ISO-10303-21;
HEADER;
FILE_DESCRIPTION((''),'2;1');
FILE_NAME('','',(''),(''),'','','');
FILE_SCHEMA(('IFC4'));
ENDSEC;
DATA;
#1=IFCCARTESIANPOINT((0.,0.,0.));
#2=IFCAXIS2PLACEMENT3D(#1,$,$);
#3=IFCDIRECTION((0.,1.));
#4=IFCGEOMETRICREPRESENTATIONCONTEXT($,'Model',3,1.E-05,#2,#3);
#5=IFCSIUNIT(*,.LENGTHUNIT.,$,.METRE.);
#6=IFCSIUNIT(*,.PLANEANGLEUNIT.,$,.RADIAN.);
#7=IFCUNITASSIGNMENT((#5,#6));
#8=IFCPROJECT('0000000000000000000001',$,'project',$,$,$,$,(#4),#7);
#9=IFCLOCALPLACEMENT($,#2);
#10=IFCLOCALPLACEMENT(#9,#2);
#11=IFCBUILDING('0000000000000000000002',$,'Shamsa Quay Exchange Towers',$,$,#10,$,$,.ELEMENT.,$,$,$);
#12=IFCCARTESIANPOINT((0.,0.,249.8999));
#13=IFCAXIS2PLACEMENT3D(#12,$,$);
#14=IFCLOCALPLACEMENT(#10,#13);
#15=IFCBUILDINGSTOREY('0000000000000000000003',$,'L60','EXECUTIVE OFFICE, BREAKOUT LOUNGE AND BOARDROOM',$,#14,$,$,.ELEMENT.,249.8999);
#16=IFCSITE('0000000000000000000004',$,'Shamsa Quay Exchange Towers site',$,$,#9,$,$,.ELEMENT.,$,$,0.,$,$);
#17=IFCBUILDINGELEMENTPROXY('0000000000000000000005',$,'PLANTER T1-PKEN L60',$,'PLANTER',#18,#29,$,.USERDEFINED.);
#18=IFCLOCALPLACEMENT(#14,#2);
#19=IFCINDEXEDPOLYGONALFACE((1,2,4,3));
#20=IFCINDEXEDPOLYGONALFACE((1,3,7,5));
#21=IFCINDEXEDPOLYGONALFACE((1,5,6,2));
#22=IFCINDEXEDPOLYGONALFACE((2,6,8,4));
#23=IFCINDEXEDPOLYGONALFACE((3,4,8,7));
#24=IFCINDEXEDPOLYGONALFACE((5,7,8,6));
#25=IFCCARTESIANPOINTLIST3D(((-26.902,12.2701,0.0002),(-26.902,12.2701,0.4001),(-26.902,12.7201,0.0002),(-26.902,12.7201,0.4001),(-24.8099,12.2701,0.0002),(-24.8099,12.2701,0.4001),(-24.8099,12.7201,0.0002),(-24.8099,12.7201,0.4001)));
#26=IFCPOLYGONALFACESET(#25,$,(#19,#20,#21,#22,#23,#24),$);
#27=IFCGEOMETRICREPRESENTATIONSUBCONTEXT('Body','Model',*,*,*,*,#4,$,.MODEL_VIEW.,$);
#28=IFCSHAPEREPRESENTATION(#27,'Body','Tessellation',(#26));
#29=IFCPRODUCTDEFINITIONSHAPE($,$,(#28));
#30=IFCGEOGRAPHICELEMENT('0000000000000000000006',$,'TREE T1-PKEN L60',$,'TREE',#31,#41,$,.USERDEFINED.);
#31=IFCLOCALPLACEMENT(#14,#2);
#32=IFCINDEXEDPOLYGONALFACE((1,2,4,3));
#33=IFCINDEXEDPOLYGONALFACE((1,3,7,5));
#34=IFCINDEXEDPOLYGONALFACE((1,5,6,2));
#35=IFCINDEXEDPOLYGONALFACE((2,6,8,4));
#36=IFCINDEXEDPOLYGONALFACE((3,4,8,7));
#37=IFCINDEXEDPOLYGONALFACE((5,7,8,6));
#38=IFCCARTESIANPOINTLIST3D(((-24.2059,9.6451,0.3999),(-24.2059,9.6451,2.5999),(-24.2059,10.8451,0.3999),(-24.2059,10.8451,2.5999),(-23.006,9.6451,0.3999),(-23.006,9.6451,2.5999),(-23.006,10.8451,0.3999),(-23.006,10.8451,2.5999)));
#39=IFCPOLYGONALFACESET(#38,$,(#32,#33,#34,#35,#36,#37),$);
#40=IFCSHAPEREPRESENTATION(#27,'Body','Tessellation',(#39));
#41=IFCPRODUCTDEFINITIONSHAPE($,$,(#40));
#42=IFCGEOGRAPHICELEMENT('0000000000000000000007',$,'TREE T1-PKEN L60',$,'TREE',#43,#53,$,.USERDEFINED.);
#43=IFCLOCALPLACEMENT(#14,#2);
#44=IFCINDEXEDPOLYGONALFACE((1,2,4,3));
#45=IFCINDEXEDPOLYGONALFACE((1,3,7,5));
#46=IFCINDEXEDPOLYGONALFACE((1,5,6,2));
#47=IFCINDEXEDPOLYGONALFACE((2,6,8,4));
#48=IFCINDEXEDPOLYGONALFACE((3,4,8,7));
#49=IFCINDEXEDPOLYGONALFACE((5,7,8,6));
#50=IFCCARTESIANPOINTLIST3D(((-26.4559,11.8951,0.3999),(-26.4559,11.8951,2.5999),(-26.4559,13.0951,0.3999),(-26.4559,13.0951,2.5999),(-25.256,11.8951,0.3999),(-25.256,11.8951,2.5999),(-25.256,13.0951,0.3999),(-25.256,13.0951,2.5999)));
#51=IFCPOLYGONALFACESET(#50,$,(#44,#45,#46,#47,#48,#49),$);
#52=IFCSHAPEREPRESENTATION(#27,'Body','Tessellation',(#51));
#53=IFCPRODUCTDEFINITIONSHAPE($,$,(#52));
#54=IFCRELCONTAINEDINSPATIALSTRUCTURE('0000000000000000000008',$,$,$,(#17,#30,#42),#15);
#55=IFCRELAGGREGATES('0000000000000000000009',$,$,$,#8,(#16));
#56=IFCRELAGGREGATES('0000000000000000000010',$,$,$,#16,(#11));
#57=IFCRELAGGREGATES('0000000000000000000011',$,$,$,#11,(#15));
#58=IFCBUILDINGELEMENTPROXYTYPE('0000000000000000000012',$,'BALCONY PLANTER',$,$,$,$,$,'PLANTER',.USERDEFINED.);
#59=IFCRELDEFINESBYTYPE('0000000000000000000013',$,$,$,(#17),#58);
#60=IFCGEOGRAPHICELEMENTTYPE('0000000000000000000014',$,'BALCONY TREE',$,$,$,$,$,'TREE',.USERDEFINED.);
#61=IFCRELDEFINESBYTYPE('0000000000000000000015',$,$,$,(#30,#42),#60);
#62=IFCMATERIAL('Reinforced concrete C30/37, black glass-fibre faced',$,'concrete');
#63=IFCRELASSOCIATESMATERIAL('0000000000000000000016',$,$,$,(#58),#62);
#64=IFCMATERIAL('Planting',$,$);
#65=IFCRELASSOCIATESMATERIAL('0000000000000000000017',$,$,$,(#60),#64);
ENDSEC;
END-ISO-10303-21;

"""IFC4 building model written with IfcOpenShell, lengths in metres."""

from ifc_helpers import new_model, si_unit, direction, frame, origin, origin_2d, place, context, subcontext, project, spatial, rectangle, extrude, material, type_object, element, save


model = new_model("IFC4")

# Units and contexts
model_context = context("Model", 3, precision=1e-05, world=origin(), true_north=direction((0.0, 1.0)))
body_context = subcontext(model_context, "Body", "Model", "MODEL_VIEW")
ifc_project = project(units=[si_unit("LENGTHUNIT", "METRE"), si_unit("PLANEANGLEUNIT", "RADIAN")], contexts=[model_context])

# Site, building, storey
site_placement = place(None, origin())
site = spatial("IfcSite", under=ifc_project, at=site_placement, Name="Shamsa Quay Exchange Towers site", CompositionType="ELEMENT", RefElevation=0.0)
building_placement = place(site_placement, origin())
building = spatial("IfcBuilding", under=site, at=building_placement, Name="Shamsa Quay Exchange Towers", CompositionType="ELEMENT")
storey_placement = place(building_placement, frame((0.0, 0.0, 249.8999)))
storey = spatial("IfcBuildingStorey", under=building, at=storey_placement, Name="L60", Description="EXECUTIVE OFFICE, BREAKOUT LOUNGE AND BOARDROOM", CompositionType="ELEMENT", Elevation=249.8999)

# Building element proxy
ifc_material_1 = material(Name="Reinforced concrete C30/37, black glass-fibre faced", Category="concrete")
building_element_proxy_type = type_object("IfcBuildingElementProxyType", Name="BALCONY PLANTER", ElementType="PLANTER", PredefinedType="USERDEFINED", material=ifc_material_1)
for number, where, z_axis, x_axis, name in (
    (1, (-25.856, 12.4951, 0.0002), (0.0, 0.0, 1.0), (-1.0, 0.0, 0.0), "PLANTER T1-PKEN L60"),
):
    element("IfcBuildingElementProxy", number, at=place(storey_placement, frame(where, z_axis=z_axis, x_axis=x_axis)), inside=storey, type_object=building_element_proxy_type, Name=name, ObjectType="PLANTER", PredefinedType="USERDEFINED", context=body_context, shape_type="SweptSolid", body=[
        extrude(rectangle(XDim=2.092, YDim=0.45, at=origin_2d()), origin(), (0.0, 0.0, 1.0), 0.3999),
    ])

# Geographic elements
ifc_material_2 = material(Name="Planting")
geographic_element_type = type_object("IfcGeographicElementType", Name="BALCONY TREE", ElementType="TREE", PredefinedType="USERDEFINED", material=ifc_material_2)
for number, where, z_axis, x_axis, name in (
    (2, (-23.606, 10.2451, 0.3999), (0.0, 0.0, 1.0), (-1.0, 0.0, 0.0), "TREE T1-PKEN L60"),
    (3, (-25.856, 12.4951, 0.3999), (0.0, 0.0, 1.0), (-1.0, 0.0, 0.0), "TREE T1-PKEN L60"),
):
    element("IfcGeographicElement", number, at=place(storey_placement, frame(where, z_axis=z_axis, x_axis=x_axis)), inside=storey, type_object=geographic_element_type, Name=name, ObjectType="TREE", PredefinedType="USERDEFINED", context=body_context, shape_type="SweptSolid", body=[
        extrude(rectangle(XDim=1.2, YDim=1.2, at=origin_2d()), origin(), (0.0, 0.0, 1.0), 2.2),
    ])

save(model, "model.ifc")
